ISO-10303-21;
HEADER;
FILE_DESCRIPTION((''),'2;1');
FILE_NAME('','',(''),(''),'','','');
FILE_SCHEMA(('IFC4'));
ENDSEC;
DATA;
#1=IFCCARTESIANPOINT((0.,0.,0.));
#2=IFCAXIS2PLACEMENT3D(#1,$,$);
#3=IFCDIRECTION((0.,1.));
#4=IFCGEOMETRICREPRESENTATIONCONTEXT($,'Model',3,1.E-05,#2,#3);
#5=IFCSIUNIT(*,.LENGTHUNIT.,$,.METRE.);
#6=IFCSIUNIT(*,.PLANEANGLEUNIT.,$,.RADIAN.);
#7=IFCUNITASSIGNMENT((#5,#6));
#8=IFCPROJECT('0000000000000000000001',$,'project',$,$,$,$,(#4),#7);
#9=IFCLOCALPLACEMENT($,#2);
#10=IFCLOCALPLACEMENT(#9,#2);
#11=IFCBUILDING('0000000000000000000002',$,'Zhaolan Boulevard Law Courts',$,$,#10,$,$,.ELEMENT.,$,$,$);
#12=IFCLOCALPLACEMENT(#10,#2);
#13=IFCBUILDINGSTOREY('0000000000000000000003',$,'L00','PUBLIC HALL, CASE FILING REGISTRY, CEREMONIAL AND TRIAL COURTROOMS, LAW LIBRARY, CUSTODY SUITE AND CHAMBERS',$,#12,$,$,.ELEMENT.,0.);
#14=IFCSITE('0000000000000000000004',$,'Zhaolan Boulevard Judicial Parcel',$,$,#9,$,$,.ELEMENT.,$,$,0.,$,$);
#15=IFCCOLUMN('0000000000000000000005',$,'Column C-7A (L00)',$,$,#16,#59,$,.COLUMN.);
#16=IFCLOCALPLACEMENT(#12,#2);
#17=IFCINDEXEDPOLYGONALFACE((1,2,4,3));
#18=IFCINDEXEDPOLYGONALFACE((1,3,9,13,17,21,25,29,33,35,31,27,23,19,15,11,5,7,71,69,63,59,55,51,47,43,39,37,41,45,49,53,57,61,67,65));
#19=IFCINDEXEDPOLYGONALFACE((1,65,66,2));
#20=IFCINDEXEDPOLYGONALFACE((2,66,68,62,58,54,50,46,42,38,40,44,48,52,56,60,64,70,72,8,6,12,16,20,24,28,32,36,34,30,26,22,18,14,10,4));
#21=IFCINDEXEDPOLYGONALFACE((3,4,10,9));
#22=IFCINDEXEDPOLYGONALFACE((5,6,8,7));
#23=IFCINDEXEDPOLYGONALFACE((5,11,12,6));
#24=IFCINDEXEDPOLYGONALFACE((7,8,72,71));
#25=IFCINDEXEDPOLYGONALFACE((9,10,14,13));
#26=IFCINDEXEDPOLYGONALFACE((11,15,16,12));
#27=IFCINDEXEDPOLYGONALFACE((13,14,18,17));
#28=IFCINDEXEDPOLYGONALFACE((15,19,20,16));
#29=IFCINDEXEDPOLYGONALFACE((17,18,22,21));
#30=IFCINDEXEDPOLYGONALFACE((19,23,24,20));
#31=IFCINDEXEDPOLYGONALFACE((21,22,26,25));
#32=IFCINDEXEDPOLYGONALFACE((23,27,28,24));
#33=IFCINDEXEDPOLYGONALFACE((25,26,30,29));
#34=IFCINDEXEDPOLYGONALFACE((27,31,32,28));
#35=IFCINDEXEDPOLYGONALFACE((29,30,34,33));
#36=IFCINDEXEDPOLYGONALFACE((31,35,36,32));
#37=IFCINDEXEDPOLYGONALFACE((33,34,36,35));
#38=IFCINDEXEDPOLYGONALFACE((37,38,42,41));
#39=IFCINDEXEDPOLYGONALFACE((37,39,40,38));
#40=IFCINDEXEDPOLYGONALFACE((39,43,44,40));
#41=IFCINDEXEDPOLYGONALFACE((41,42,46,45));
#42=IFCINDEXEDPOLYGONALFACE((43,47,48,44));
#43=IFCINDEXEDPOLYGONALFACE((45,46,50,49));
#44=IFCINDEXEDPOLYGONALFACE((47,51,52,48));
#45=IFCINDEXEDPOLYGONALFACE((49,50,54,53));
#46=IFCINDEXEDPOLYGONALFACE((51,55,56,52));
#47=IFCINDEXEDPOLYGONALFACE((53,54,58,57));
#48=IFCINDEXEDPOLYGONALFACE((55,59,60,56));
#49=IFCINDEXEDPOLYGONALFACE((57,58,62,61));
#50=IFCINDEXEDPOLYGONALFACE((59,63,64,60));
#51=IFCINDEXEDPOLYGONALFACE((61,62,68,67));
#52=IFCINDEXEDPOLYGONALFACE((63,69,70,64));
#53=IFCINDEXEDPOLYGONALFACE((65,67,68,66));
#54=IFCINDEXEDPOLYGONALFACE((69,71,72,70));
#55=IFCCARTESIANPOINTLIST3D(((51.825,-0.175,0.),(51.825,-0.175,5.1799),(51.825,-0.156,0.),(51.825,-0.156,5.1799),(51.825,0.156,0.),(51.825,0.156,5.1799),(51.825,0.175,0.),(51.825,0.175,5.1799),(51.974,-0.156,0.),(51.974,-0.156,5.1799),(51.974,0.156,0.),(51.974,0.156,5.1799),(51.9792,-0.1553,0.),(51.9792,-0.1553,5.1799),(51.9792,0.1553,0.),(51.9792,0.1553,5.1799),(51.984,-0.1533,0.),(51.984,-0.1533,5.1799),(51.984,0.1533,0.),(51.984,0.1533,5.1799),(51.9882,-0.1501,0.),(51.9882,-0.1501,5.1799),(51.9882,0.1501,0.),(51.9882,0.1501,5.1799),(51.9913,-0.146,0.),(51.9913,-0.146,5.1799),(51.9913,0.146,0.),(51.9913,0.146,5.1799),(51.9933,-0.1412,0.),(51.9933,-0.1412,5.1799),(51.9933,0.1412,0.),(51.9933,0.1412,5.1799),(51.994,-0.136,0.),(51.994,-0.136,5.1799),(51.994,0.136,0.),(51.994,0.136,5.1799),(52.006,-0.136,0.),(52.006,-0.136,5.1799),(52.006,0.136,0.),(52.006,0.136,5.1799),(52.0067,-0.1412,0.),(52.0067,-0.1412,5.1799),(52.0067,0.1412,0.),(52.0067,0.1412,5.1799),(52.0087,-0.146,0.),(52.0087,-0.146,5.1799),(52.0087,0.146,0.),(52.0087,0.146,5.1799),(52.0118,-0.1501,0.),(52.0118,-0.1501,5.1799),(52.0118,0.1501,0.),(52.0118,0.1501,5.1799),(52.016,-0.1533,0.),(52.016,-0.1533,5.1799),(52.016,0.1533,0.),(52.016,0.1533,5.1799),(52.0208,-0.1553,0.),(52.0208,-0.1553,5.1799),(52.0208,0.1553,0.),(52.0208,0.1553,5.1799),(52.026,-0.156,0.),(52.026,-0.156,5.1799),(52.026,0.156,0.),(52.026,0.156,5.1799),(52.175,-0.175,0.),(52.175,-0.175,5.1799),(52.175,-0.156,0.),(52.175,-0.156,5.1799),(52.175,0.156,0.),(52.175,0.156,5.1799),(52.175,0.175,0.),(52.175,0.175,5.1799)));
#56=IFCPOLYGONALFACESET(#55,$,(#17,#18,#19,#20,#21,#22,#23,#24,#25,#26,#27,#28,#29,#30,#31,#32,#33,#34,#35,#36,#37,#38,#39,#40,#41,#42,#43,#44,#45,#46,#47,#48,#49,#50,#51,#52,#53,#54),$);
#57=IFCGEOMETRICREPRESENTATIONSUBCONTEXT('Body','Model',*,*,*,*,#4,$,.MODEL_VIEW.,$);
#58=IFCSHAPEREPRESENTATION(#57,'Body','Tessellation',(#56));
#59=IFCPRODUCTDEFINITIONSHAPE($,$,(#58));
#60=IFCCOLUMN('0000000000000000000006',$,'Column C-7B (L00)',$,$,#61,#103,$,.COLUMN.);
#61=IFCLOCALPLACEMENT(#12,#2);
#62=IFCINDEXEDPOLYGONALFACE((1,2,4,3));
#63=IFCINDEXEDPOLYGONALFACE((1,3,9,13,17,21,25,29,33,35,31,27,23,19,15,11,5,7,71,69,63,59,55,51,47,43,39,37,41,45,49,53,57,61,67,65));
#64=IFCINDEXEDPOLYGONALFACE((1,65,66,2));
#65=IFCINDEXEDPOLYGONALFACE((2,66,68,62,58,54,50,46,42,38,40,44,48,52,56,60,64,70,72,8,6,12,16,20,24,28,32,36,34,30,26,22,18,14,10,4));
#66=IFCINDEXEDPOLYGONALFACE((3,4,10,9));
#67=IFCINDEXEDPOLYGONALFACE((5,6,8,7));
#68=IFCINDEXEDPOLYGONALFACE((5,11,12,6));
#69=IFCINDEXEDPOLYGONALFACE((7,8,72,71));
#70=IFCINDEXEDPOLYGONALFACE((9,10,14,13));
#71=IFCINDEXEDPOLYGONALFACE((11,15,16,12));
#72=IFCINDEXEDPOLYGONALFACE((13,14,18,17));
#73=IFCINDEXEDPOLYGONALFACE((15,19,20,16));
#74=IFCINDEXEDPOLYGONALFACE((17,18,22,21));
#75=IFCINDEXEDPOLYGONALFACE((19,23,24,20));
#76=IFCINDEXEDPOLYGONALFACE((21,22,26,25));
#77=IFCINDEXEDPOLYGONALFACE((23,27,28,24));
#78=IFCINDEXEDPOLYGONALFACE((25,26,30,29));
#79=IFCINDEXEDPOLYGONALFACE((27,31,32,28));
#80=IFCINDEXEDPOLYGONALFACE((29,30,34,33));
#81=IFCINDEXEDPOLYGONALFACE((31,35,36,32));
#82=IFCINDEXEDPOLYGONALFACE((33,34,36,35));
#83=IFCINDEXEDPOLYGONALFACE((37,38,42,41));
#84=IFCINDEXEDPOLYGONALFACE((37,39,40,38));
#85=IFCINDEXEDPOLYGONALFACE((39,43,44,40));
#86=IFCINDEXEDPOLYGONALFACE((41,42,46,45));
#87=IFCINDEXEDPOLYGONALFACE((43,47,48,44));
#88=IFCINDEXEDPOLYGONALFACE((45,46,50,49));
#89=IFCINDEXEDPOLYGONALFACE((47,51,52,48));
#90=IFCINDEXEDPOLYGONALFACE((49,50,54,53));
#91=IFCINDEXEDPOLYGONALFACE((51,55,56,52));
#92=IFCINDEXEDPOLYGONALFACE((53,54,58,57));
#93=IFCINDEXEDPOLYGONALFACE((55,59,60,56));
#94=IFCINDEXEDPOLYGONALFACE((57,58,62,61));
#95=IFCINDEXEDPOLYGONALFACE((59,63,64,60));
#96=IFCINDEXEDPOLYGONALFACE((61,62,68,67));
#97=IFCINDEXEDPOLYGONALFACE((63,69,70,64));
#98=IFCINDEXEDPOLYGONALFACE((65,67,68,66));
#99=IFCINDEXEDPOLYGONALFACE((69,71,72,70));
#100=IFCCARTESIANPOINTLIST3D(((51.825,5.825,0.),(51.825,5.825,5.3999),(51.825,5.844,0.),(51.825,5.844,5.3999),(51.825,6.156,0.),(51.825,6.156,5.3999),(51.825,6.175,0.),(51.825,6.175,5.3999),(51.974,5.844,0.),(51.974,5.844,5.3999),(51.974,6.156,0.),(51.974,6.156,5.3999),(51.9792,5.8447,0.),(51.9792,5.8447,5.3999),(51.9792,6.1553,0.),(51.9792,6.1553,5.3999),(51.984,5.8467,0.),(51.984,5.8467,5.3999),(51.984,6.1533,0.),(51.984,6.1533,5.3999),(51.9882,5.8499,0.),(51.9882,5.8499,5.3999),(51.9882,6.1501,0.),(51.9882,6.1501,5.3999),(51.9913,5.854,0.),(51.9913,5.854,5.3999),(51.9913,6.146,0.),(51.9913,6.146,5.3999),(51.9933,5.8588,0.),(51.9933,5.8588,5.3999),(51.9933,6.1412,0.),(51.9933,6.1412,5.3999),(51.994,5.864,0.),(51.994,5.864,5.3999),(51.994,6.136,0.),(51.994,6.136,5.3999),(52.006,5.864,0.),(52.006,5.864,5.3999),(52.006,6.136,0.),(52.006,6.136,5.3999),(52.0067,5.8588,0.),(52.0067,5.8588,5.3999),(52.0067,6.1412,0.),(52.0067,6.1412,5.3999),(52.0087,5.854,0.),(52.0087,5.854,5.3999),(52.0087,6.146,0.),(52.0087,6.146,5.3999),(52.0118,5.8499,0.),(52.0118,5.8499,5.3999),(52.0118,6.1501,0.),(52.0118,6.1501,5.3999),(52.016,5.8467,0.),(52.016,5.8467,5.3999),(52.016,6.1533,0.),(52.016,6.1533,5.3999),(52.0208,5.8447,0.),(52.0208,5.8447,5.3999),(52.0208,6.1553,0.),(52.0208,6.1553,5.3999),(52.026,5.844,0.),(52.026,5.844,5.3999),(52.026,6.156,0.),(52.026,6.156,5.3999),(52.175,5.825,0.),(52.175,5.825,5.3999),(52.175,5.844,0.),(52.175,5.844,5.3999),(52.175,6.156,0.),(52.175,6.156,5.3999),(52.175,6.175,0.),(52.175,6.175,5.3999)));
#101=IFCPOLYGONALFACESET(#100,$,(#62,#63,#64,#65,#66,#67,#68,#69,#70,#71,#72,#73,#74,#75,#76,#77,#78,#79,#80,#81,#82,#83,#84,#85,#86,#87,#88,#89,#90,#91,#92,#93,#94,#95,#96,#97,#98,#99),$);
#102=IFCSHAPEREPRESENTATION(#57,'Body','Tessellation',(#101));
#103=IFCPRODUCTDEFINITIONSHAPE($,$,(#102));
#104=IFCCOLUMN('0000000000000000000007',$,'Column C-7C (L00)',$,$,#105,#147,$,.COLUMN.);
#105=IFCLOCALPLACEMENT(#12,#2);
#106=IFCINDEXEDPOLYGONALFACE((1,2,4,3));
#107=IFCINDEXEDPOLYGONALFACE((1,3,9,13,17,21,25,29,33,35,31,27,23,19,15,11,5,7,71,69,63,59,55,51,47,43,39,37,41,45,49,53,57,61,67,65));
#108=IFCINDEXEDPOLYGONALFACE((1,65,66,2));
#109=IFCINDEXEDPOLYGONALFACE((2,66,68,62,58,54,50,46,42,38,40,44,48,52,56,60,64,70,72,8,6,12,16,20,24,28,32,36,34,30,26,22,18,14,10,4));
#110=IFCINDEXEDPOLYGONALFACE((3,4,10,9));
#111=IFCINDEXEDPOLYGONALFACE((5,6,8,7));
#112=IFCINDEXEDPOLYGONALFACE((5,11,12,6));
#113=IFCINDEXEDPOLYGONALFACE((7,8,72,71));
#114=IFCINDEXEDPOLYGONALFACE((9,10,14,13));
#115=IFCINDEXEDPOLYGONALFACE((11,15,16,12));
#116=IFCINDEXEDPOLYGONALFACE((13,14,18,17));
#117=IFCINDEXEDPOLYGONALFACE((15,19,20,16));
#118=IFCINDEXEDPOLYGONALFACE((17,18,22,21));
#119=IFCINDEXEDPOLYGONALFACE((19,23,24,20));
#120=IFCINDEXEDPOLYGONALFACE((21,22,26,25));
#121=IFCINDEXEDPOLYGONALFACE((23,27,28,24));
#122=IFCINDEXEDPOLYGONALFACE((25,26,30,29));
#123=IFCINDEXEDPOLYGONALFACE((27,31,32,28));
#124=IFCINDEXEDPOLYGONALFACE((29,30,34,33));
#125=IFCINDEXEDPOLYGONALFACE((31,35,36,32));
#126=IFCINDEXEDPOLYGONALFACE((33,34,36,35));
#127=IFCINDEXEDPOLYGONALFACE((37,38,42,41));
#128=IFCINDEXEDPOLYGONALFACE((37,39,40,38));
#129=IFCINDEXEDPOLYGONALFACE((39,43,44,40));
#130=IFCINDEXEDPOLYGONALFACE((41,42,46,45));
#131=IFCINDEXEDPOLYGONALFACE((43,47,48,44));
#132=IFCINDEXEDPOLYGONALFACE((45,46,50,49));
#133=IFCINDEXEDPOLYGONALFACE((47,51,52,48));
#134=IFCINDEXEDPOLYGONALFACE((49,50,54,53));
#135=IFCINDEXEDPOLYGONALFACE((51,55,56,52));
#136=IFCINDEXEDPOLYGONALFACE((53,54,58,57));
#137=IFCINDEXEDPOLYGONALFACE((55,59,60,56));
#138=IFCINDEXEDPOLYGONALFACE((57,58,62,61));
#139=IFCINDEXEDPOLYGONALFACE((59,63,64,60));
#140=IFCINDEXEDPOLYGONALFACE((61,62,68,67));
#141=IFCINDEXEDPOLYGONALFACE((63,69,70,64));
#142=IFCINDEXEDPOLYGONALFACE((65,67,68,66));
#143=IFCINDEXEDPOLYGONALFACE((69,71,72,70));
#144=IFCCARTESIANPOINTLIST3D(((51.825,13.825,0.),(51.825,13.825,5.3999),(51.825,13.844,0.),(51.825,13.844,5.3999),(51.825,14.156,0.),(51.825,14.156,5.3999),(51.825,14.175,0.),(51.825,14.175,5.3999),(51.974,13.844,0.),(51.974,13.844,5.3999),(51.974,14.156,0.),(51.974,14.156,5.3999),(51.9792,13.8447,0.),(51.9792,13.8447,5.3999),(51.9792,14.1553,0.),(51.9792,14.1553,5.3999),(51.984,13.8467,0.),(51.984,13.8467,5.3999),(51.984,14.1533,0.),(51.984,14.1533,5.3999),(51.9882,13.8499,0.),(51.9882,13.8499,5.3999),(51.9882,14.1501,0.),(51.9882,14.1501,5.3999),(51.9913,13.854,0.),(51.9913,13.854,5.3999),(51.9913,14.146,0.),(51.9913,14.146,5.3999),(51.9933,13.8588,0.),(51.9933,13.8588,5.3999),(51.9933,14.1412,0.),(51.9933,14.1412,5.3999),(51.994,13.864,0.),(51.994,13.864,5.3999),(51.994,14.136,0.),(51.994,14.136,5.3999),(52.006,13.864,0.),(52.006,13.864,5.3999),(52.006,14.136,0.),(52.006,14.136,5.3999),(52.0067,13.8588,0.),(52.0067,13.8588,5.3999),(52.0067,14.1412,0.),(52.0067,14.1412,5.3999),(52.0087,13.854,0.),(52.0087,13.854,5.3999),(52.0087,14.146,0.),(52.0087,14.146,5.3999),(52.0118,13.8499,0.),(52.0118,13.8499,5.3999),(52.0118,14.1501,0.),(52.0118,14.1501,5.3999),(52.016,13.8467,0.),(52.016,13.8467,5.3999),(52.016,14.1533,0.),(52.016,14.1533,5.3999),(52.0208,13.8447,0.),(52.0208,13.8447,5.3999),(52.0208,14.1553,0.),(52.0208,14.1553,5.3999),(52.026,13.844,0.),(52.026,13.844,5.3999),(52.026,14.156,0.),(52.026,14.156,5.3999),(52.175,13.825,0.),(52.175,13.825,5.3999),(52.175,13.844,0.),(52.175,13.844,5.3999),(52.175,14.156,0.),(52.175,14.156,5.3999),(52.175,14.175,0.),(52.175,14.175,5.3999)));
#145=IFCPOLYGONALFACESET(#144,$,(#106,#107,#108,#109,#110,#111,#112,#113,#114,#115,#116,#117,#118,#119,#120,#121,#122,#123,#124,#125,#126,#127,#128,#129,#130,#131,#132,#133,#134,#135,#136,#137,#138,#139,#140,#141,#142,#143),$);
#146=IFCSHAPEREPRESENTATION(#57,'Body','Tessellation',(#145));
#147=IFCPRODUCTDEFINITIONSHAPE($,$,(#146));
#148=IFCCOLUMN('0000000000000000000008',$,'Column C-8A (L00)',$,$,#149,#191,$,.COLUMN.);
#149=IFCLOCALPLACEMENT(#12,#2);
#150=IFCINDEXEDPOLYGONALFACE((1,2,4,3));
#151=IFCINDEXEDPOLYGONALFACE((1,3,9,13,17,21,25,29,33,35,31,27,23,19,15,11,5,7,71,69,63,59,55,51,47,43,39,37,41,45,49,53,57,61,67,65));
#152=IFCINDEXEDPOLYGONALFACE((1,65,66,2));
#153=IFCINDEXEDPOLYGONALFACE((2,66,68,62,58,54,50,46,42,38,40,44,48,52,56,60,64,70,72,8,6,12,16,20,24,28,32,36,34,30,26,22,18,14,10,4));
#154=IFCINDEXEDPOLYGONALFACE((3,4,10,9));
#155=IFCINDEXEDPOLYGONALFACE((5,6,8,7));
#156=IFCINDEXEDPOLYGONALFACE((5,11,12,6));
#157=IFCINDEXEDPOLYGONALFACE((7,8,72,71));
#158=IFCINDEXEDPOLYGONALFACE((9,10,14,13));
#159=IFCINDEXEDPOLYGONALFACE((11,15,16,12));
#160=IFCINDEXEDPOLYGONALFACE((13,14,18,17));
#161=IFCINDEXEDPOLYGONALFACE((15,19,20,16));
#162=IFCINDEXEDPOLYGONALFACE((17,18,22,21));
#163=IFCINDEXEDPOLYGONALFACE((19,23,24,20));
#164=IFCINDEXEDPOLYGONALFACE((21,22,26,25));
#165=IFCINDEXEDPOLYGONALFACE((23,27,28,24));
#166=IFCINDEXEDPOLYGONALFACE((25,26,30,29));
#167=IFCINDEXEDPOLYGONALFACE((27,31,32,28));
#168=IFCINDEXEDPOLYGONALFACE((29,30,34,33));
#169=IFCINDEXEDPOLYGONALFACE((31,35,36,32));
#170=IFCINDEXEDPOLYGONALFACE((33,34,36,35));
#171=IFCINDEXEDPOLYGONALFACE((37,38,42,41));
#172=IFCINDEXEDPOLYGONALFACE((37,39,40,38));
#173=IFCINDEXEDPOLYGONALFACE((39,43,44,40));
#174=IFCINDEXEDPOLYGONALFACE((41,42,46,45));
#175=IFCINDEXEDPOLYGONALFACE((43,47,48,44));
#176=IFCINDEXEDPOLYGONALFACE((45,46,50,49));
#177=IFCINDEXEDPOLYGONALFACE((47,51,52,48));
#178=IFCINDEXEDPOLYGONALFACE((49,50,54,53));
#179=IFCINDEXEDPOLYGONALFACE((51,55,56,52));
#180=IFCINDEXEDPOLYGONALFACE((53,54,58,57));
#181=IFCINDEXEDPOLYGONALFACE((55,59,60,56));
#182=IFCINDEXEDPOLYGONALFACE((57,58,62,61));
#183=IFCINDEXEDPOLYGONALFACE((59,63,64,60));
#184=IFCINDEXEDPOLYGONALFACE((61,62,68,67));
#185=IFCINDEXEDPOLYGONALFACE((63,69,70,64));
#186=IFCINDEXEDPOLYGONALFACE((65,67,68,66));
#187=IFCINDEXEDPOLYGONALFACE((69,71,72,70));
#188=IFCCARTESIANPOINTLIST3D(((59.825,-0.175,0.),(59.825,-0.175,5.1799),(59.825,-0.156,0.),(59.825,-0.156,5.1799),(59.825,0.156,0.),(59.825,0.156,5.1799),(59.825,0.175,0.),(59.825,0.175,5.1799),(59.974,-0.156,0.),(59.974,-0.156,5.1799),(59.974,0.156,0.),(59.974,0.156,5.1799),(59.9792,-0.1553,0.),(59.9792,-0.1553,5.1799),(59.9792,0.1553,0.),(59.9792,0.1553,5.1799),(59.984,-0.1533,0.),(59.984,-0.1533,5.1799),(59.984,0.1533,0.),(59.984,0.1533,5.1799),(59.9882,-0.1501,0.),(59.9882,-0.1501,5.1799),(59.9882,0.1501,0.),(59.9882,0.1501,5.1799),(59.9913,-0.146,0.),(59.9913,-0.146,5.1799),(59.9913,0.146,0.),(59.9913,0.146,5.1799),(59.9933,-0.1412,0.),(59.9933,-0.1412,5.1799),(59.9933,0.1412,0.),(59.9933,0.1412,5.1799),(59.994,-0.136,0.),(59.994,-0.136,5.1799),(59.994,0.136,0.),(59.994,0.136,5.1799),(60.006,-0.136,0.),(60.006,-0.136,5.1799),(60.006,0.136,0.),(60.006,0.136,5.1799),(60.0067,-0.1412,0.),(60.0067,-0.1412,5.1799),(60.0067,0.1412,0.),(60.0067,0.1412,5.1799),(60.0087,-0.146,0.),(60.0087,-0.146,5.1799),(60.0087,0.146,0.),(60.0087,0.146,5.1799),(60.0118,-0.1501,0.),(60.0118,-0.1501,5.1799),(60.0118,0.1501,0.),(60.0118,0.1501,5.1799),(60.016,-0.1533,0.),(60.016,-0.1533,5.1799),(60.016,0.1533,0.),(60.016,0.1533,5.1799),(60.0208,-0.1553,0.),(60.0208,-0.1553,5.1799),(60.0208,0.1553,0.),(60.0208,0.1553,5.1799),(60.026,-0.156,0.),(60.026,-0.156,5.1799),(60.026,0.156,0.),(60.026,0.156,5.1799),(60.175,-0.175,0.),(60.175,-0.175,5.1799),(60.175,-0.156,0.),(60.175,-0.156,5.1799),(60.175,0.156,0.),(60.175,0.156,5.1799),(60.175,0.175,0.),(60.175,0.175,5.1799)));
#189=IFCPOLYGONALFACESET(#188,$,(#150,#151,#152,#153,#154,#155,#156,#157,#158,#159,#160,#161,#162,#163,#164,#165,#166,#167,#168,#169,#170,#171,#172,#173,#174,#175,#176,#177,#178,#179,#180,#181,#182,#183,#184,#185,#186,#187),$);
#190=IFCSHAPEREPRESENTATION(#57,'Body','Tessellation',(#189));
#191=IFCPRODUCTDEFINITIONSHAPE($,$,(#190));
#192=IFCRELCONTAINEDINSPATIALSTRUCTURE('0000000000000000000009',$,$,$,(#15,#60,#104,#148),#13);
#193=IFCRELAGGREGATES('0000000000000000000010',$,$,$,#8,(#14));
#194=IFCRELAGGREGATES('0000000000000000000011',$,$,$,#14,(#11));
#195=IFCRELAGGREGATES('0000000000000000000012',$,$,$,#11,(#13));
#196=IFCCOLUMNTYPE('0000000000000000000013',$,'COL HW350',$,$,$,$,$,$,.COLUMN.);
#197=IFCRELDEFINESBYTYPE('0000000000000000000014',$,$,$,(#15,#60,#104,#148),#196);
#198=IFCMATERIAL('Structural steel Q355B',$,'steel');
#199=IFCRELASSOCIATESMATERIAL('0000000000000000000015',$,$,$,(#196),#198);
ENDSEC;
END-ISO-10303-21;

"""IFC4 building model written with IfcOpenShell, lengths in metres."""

from ifc_helpers import new_model, si_unit, direction, frame, origin, origin_2d, place, context, subcontext, project, spatial, i_section, extrude, material, material_profile, profile_set, type_object, element, save


model = new_model("IFC4")

# Units and contexts
model_context = context("Model", 3, precision=1e-05, world=origin(), true_north=direction((0.0, 1.0)))
body_context = subcontext(model_context, "Body", "Model", "MODEL_VIEW")
ifc_project = project(units=[si_unit("LENGTHUNIT", "METRE"), si_unit("PLANEANGLEUNIT", "RADIAN")], contexts=[model_context])

# Site, building, storey
site_placement = place(None, origin())
site = spatial("IfcSite", under=ifc_project, at=site_placement, Name="Zhaolan Boulevard Judicial Parcel", CompositionType="ELEMENT", RefElevation=0.0)
building_placement = place(site_placement, origin())
building = spatial("IfcBuilding", under=site, at=building_placement, Name="Zhaolan Boulevard Law Courts", CompositionType="ELEMENT")
storey_placement = place(building_placement, origin())
storey = spatial("IfcBuildingStorey", under=building, at=storey_placement, Name="L00", Description="PUBLIC HALL, CASE FILING REGISTRY, CEREMONIAL AND TRIAL COURTROOMS, LAW LIBRARY, CUSTODY SUITE AND CHAMBERS", CompositionType="ELEMENT", Elevation=0.0)

# Columns
ifc_material_1 = material(Name="Structural steel Q355B", Category="steel")
ifc_material_profile_1 = material_profile(ifc_material_1, i_section(OverallWidth=0.3501, OverallDepth=0.3501, WebThickness=0.012, FlangeThickness=0.019, FilletRadius=0.02, at=origin_2d()), Name="HW350x350")
ifc_profile_set_1 = profile_set([ifc_material_profile_1], Name="Structural steel Q355B")
column_type_1 = type_object("IfcColumnType", Name="COL HW350", PredefinedType="COLUMN", material=ifc_profile_set_1)
column_1_placement = place(storey_placement, frame((52.0, 0.0, 0.0), z_axis=(0.0, 0.0, 1.0), x_axis=(1.0, 0.0, 0.0)))
element("IfcColumn", 1, at=column_1_placement, inside=storey, type_object=column_type_1, Name="Column C-7A (L00)", PredefinedType="COLUMN", context=body_context, shape_type="SweptSolid", body=[
    extrude(i_section(OverallWidth=0.3501, OverallDepth=0.3501, WebThickness=0.012, FlangeThickness=0.019, FilletRadius=0.02, at=origin_2d()), origin(), (0.0, 0.0, 1.0), 5.1799),
])
for number, where, z_axis, x_axis, name in (
    (2, (52.0, 6.0, 0.0), (0.0, 0.0, 1.0), (1.0, 0.0, 0.0), "Column C-7B (L00)"),
    (3, (52.0, 14.0, 0.0), (0.0, 0.0, 1.0), (1.0, 0.0, 0.0), "Column C-7C (L00)"),
):
    element("IfcColumn", number, at=place(storey_placement, frame(where, z_axis=z_axis, x_axis=x_axis)), inside=storey, type_object=column_type_1, Name=name, PredefinedType="COLUMN", context=body_context, shape_type="SweptSolid", body=[
        extrude(i_section(OverallWidth=0.3501, OverallDepth=0.3501, WebThickness=0.012, FlangeThickness=0.019, FilletRadius=0.02, at=origin_2d()), origin(), (0.0, 0.0, 1.0), 5.3999),
    ])
column_2_placement = place(storey_placement, frame((60.0, 0.0, 0.0), z_axis=(0.0, 0.0, 1.0), x_axis=(1.0, 0.0, 0.0)))
element("IfcColumn", 4, at=column_2_placement, inside=storey, type_object=column_type_1, Name="Column C-8A (L00)", PredefinedType="COLUMN", context=body_context, shape_type="SweptSolid", body=[
    extrude(i_section(OverallWidth=0.3501, OverallDepth=0.3501, WebThickness=0.012, FlangeThickness=0.019, FilletRadius=0.02, at=origin_2d()), origin(), (0.0, 0.0, 1.0), 5.1799),
])

save(model, "model.ifc")
